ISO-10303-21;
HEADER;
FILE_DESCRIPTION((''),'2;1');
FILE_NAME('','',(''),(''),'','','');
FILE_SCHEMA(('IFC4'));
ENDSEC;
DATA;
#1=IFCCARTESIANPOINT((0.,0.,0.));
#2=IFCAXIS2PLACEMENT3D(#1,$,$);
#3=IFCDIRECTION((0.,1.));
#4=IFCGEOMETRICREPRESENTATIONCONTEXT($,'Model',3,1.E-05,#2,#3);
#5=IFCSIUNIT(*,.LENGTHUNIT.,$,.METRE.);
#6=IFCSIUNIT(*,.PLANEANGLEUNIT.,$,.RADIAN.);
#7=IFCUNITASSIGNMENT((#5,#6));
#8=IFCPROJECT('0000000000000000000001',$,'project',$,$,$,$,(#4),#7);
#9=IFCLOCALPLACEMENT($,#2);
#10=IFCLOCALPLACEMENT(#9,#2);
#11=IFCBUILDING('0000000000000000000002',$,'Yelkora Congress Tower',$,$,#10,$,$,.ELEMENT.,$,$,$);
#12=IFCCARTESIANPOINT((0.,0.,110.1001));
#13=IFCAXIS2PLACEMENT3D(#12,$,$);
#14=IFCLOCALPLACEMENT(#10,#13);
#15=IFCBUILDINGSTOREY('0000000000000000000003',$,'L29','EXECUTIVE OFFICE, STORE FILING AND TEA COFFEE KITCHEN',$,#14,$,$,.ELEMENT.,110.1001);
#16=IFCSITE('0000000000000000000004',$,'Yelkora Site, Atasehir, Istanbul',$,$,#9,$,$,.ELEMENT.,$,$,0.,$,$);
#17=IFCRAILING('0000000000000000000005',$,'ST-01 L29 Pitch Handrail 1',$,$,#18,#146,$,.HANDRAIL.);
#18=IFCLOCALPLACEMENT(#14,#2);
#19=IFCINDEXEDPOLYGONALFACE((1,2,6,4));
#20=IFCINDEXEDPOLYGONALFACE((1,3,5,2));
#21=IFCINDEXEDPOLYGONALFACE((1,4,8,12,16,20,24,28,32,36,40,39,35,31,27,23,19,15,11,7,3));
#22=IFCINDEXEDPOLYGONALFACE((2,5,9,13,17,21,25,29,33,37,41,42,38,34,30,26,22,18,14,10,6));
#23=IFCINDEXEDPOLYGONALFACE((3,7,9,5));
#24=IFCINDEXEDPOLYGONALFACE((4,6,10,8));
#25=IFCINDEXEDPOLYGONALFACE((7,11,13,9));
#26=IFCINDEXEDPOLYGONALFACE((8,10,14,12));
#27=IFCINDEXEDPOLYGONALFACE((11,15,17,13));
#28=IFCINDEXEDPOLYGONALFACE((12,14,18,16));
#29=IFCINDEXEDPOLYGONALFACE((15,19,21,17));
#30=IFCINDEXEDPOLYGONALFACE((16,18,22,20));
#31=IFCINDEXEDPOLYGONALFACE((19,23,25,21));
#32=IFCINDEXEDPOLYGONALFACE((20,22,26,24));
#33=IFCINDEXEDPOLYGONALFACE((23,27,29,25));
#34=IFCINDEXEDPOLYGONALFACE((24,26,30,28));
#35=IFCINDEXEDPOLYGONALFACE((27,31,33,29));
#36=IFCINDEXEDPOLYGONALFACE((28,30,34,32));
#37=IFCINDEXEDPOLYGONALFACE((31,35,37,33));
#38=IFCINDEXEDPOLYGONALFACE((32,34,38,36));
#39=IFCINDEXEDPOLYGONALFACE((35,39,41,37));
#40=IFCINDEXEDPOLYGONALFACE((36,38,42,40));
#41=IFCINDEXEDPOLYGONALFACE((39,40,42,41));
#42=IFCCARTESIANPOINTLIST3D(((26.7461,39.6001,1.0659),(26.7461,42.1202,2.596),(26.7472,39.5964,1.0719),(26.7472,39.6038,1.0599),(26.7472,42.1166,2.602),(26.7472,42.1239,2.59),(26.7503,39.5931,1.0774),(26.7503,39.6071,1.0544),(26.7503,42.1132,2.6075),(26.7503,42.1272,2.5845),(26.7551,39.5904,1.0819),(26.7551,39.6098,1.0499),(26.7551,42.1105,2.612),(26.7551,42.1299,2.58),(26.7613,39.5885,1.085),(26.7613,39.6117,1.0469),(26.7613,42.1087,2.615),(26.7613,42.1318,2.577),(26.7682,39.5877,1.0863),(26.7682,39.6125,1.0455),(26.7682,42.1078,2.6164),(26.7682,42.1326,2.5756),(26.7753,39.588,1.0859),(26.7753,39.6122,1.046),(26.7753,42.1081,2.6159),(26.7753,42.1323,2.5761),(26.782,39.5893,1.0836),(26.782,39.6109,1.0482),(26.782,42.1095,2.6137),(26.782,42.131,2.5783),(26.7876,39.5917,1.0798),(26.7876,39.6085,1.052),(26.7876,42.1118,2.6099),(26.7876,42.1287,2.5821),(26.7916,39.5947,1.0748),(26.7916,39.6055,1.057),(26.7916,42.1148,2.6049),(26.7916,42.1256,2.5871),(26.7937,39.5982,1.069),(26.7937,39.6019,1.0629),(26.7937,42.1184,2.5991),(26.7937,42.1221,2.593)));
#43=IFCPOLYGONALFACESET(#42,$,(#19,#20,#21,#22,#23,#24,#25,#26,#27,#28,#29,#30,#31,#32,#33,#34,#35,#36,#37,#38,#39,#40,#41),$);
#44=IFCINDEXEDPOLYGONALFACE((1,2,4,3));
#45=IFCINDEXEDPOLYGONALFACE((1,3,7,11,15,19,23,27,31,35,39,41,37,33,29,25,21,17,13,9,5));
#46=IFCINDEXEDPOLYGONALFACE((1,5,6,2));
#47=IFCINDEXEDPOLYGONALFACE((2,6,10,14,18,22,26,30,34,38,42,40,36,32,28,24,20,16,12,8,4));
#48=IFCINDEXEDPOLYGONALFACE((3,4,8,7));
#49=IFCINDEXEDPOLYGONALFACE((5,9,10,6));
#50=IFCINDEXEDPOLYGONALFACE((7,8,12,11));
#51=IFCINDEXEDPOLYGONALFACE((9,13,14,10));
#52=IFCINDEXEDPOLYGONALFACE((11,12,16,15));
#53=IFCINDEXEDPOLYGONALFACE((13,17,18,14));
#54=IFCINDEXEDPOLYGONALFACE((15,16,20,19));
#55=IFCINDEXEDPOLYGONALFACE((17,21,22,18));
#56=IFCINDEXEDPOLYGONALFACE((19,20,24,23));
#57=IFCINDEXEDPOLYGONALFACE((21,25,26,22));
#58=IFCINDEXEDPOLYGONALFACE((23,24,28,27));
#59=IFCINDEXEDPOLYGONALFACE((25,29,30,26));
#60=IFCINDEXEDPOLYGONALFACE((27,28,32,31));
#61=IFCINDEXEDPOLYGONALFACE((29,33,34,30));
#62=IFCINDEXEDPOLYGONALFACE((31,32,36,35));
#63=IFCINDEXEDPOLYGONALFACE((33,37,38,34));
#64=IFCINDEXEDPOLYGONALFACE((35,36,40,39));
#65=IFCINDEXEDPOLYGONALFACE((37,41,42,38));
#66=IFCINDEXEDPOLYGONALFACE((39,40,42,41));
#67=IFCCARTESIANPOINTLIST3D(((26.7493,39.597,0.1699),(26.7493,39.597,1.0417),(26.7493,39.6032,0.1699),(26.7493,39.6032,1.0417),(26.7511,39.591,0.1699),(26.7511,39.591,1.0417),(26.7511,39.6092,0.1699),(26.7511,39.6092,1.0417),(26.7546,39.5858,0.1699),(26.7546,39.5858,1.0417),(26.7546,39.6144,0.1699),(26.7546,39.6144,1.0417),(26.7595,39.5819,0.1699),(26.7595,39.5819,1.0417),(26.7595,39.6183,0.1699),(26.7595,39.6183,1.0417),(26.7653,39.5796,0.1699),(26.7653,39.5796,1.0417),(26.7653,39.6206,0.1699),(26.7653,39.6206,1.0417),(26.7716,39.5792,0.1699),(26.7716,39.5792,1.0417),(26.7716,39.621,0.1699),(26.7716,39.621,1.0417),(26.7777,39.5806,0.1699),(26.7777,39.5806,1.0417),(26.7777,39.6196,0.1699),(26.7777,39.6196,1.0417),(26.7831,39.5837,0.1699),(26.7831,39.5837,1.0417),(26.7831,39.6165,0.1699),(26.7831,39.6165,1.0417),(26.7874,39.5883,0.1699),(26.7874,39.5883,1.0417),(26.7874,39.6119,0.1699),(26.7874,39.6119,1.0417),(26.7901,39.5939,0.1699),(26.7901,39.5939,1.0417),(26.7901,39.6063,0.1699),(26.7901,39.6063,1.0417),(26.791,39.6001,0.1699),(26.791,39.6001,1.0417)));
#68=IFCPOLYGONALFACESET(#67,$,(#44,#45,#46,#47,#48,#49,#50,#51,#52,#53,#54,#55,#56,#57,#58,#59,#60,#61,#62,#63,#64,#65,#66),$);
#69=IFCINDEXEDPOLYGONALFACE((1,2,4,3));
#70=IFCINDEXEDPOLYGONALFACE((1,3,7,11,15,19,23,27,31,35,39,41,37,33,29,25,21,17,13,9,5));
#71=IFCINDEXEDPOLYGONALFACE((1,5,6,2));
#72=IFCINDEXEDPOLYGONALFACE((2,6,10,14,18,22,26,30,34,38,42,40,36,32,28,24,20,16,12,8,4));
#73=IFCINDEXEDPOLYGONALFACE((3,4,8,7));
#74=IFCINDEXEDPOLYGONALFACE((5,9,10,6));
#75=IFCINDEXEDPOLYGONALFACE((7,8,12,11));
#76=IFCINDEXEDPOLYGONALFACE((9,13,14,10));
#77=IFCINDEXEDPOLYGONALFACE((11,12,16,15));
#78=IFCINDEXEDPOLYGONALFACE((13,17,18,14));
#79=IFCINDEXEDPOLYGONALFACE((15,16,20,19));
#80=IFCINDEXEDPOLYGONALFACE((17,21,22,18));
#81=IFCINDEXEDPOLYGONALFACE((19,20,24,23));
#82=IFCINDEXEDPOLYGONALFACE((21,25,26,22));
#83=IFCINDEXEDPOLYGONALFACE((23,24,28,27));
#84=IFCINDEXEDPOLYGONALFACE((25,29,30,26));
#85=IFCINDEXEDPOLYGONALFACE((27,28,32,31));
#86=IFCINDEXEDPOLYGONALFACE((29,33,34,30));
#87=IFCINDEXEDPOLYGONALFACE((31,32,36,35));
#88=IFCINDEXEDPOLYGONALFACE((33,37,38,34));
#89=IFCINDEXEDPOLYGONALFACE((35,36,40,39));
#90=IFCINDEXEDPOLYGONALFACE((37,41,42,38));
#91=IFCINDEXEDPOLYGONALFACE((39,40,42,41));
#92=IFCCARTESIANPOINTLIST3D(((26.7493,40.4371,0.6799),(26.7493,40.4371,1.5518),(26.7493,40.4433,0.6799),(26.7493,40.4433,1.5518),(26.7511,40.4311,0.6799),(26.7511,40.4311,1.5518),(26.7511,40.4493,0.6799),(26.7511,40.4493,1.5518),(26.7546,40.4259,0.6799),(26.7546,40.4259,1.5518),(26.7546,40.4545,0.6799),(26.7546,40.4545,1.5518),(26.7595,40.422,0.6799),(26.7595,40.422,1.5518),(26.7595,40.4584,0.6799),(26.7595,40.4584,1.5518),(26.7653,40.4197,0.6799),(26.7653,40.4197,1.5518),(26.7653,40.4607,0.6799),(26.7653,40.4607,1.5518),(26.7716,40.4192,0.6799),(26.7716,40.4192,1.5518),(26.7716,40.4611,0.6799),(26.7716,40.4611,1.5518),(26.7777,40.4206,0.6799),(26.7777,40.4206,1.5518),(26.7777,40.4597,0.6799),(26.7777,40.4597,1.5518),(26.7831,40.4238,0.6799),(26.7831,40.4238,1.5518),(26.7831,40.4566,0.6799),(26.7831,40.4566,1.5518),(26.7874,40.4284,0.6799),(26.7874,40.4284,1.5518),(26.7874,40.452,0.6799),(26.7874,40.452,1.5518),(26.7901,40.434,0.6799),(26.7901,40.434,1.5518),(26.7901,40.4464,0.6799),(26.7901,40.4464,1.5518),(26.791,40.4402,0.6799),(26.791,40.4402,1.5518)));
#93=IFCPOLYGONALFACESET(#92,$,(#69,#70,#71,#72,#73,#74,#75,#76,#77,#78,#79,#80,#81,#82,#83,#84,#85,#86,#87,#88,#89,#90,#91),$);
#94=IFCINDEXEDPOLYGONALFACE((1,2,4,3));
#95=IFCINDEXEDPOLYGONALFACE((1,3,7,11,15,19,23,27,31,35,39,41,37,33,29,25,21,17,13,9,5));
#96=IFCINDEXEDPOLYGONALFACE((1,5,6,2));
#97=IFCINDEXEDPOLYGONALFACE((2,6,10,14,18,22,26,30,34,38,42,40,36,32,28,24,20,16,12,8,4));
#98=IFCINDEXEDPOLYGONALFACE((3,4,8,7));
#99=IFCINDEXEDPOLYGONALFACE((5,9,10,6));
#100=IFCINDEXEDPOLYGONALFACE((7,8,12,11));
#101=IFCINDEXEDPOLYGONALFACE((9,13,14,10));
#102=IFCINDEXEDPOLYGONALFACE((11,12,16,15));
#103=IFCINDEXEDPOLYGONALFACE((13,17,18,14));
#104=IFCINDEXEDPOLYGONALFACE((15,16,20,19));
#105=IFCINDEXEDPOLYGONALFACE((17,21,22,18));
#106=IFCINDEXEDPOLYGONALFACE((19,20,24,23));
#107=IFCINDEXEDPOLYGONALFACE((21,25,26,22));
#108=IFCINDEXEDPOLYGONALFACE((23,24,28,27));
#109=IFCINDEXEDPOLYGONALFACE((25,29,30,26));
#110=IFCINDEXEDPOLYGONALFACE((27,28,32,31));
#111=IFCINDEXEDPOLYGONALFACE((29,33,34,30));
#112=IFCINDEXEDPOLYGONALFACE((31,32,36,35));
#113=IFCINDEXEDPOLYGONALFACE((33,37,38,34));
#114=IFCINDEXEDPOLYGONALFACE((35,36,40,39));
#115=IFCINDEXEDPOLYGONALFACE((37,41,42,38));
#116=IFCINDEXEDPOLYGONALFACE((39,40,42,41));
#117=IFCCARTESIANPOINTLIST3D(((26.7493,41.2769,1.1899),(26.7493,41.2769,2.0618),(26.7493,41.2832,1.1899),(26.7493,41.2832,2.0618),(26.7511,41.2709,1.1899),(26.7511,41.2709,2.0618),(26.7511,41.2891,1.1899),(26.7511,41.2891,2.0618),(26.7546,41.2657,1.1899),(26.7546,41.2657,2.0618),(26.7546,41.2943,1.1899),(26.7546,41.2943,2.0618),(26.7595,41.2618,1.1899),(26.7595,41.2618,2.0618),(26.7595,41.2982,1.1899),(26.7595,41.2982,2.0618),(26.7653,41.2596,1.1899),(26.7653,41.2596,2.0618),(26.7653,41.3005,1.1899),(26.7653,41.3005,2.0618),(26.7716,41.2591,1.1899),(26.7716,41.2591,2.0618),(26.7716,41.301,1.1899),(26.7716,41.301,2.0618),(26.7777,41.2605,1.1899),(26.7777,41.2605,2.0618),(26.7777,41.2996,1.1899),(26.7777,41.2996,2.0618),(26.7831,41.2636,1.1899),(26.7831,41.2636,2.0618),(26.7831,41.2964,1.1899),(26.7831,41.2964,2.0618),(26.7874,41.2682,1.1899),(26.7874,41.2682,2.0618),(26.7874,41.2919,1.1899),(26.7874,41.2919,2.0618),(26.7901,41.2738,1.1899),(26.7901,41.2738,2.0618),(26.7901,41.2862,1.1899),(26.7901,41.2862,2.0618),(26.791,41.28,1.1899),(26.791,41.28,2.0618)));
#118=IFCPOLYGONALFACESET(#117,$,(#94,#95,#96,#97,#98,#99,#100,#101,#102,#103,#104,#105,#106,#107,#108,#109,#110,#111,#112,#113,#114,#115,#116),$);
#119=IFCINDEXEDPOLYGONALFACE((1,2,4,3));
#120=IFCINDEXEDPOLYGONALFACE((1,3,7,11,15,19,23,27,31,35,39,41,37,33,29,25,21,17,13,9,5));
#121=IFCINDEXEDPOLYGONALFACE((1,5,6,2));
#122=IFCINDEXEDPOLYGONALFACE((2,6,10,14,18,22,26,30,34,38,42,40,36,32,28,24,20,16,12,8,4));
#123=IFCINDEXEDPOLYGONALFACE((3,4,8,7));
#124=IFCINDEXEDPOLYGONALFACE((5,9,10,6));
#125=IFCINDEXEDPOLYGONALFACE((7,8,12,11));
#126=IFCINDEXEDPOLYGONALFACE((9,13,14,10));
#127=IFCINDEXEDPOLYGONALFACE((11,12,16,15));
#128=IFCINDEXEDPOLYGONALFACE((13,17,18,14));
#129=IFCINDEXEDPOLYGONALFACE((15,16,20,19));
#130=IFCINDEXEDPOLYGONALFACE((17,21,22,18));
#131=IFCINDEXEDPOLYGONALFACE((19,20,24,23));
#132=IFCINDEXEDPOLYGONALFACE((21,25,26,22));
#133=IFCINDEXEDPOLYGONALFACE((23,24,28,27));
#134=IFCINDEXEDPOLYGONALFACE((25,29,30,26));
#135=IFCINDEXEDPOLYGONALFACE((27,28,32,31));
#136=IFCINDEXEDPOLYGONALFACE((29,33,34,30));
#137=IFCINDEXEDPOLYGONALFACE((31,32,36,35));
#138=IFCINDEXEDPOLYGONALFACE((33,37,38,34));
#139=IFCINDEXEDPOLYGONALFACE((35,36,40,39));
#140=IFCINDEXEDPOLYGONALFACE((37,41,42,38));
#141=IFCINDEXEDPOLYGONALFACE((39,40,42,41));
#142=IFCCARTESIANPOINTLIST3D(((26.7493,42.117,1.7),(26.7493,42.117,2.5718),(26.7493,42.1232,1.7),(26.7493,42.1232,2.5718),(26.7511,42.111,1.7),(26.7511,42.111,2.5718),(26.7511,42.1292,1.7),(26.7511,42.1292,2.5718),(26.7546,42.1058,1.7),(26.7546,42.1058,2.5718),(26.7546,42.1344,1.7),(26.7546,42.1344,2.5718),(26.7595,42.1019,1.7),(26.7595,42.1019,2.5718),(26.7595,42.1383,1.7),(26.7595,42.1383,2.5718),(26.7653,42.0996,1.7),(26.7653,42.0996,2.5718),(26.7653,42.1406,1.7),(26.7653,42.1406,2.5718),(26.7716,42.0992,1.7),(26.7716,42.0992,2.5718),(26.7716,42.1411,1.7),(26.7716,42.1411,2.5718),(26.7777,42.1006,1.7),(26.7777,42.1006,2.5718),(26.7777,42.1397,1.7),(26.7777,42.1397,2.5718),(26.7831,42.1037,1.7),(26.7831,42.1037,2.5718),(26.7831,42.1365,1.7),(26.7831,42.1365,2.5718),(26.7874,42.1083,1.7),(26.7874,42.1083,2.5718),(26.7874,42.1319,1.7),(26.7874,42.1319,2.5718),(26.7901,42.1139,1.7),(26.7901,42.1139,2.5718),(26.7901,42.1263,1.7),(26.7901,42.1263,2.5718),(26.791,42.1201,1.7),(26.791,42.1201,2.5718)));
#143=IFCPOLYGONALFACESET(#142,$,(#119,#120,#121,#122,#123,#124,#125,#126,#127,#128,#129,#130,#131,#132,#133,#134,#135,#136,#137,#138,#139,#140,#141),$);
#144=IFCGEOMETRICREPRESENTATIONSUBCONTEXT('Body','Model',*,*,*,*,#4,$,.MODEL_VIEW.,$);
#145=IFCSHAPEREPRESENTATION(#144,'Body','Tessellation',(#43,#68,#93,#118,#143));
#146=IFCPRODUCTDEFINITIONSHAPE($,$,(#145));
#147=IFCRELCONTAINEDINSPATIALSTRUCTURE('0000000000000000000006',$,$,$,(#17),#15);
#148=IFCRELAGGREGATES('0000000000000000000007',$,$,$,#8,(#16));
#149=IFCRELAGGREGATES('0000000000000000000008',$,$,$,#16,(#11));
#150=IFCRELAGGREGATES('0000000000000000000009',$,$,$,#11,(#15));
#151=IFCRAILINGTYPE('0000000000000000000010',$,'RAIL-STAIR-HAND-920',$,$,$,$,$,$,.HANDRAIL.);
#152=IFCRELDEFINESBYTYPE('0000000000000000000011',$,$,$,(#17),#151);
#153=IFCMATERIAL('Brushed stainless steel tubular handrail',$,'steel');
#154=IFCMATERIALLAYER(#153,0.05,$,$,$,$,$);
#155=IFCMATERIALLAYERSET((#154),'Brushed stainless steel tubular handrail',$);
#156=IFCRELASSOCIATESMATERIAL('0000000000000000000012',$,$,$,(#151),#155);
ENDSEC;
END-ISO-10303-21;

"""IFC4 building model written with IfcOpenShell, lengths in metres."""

from ifc_helpers import new_model, si_unit, direction, frame, origin, origin_2d, place, context, subcontext, project, spatial, circle, extrude, material, layer, layer_set, type_object, element, save


model = new_model("IFC4")

# Units and contexts
model_context = context("Model", 3, precision=1e-05, world=origin(), true_north=direction((0.0, 1.0)))
body_context = subcontext(model_context, "Body", "Model", "MODEL_VIEW")
ifc_project = project(units=[si_unit("LENGTHUNIT", "METRE"), si_unit("PLANEANGLEUNIT", "RADIAN")], contexts=[model_context])

# Site, building, storey
site_placement = place(None, origin())
site = spatial("IfcSite", under=ifc_project, at=site_placement, Name="Yelkora Site, Atasehir, Istanbul", CompositionType="ELEMENT", RefElevation=0.0)
building_placement = place(site_placement, origin())
building = spatial("IfcBuilding", under=site, at=building_placement, Name="Yelkora Congress Tower", CompositionType="ELEMENT")
storey_placement = place(building_placement, frame((0.0, 0.0, 110.1001)))
storey = spatial("IfcBuildingStorey", under=building, at=storey_placement, Name="L29", Description="EXECUTIVE OFFICE, STORE FILING AND TEA COFFEE KITCHEN", CompositionType="ELEMENT", Elevation=110.1001)

# Railing
ifc_material_1 = material(Name="Brushed stainless steel tubular handrail", Category="steel")
ifc_layer_1 = layer(ifc_material_1, 0.05)
ifc_layer_set_1 = layer_set([ifc_layer_1], Name="Brushed stainless steel tubular handrail")
railing_type_1 = type_object("IfcRailingType", Name="RAIL-STAIR-HAND-920", PredefinedType="HANDRAIL", material=ifc_layer_set_1)
railing_1_placement = place(storey_placement, frame((26.77, 39.6001, 0.1699)))
element("IfcRailing", 1, at=railing_1_placement, inside=storey, type_object=railing_type_1, Name="ST-01 L29 Pitch Handrail 1", PredefinedType="HANDRAIL", context=body_context, shape_type="SweptSolid", body=[
    extrude(circle(Radius=0.0239, at=origin_2d()), frame((0.0, 0.0, 0.896), z_axis=(0.0, 0.854785, 0.518982), x_axis=(-1.0, 0.0, 0.0)), (0.0, 0.0, 1.0), 2.9482),
    extrude(circle(Radius=0.021, at=origin_2d()), origin(), (0.0, 0.0, 1.0), 0.8718),
    extrude(circle(Radius=0.021, at=origin_2d()), frame((0.0, 0.8401, 0.51)), (0.0, 0.0, 1.0), 0.8718),
    extrude(circle(Radius=0.021, at=origin_2d()), frame((0.0, 1.6799, 1.02)), (0.0, 0.0, 1.0), 0.8718),
    extrude(circle(Radius=0.021, at=origin_2d()), frame((0.0, 2.52, 1.53)), (0.0, 0.0, 1.0), 0.8718),
])

save(model, "model.ifc")
